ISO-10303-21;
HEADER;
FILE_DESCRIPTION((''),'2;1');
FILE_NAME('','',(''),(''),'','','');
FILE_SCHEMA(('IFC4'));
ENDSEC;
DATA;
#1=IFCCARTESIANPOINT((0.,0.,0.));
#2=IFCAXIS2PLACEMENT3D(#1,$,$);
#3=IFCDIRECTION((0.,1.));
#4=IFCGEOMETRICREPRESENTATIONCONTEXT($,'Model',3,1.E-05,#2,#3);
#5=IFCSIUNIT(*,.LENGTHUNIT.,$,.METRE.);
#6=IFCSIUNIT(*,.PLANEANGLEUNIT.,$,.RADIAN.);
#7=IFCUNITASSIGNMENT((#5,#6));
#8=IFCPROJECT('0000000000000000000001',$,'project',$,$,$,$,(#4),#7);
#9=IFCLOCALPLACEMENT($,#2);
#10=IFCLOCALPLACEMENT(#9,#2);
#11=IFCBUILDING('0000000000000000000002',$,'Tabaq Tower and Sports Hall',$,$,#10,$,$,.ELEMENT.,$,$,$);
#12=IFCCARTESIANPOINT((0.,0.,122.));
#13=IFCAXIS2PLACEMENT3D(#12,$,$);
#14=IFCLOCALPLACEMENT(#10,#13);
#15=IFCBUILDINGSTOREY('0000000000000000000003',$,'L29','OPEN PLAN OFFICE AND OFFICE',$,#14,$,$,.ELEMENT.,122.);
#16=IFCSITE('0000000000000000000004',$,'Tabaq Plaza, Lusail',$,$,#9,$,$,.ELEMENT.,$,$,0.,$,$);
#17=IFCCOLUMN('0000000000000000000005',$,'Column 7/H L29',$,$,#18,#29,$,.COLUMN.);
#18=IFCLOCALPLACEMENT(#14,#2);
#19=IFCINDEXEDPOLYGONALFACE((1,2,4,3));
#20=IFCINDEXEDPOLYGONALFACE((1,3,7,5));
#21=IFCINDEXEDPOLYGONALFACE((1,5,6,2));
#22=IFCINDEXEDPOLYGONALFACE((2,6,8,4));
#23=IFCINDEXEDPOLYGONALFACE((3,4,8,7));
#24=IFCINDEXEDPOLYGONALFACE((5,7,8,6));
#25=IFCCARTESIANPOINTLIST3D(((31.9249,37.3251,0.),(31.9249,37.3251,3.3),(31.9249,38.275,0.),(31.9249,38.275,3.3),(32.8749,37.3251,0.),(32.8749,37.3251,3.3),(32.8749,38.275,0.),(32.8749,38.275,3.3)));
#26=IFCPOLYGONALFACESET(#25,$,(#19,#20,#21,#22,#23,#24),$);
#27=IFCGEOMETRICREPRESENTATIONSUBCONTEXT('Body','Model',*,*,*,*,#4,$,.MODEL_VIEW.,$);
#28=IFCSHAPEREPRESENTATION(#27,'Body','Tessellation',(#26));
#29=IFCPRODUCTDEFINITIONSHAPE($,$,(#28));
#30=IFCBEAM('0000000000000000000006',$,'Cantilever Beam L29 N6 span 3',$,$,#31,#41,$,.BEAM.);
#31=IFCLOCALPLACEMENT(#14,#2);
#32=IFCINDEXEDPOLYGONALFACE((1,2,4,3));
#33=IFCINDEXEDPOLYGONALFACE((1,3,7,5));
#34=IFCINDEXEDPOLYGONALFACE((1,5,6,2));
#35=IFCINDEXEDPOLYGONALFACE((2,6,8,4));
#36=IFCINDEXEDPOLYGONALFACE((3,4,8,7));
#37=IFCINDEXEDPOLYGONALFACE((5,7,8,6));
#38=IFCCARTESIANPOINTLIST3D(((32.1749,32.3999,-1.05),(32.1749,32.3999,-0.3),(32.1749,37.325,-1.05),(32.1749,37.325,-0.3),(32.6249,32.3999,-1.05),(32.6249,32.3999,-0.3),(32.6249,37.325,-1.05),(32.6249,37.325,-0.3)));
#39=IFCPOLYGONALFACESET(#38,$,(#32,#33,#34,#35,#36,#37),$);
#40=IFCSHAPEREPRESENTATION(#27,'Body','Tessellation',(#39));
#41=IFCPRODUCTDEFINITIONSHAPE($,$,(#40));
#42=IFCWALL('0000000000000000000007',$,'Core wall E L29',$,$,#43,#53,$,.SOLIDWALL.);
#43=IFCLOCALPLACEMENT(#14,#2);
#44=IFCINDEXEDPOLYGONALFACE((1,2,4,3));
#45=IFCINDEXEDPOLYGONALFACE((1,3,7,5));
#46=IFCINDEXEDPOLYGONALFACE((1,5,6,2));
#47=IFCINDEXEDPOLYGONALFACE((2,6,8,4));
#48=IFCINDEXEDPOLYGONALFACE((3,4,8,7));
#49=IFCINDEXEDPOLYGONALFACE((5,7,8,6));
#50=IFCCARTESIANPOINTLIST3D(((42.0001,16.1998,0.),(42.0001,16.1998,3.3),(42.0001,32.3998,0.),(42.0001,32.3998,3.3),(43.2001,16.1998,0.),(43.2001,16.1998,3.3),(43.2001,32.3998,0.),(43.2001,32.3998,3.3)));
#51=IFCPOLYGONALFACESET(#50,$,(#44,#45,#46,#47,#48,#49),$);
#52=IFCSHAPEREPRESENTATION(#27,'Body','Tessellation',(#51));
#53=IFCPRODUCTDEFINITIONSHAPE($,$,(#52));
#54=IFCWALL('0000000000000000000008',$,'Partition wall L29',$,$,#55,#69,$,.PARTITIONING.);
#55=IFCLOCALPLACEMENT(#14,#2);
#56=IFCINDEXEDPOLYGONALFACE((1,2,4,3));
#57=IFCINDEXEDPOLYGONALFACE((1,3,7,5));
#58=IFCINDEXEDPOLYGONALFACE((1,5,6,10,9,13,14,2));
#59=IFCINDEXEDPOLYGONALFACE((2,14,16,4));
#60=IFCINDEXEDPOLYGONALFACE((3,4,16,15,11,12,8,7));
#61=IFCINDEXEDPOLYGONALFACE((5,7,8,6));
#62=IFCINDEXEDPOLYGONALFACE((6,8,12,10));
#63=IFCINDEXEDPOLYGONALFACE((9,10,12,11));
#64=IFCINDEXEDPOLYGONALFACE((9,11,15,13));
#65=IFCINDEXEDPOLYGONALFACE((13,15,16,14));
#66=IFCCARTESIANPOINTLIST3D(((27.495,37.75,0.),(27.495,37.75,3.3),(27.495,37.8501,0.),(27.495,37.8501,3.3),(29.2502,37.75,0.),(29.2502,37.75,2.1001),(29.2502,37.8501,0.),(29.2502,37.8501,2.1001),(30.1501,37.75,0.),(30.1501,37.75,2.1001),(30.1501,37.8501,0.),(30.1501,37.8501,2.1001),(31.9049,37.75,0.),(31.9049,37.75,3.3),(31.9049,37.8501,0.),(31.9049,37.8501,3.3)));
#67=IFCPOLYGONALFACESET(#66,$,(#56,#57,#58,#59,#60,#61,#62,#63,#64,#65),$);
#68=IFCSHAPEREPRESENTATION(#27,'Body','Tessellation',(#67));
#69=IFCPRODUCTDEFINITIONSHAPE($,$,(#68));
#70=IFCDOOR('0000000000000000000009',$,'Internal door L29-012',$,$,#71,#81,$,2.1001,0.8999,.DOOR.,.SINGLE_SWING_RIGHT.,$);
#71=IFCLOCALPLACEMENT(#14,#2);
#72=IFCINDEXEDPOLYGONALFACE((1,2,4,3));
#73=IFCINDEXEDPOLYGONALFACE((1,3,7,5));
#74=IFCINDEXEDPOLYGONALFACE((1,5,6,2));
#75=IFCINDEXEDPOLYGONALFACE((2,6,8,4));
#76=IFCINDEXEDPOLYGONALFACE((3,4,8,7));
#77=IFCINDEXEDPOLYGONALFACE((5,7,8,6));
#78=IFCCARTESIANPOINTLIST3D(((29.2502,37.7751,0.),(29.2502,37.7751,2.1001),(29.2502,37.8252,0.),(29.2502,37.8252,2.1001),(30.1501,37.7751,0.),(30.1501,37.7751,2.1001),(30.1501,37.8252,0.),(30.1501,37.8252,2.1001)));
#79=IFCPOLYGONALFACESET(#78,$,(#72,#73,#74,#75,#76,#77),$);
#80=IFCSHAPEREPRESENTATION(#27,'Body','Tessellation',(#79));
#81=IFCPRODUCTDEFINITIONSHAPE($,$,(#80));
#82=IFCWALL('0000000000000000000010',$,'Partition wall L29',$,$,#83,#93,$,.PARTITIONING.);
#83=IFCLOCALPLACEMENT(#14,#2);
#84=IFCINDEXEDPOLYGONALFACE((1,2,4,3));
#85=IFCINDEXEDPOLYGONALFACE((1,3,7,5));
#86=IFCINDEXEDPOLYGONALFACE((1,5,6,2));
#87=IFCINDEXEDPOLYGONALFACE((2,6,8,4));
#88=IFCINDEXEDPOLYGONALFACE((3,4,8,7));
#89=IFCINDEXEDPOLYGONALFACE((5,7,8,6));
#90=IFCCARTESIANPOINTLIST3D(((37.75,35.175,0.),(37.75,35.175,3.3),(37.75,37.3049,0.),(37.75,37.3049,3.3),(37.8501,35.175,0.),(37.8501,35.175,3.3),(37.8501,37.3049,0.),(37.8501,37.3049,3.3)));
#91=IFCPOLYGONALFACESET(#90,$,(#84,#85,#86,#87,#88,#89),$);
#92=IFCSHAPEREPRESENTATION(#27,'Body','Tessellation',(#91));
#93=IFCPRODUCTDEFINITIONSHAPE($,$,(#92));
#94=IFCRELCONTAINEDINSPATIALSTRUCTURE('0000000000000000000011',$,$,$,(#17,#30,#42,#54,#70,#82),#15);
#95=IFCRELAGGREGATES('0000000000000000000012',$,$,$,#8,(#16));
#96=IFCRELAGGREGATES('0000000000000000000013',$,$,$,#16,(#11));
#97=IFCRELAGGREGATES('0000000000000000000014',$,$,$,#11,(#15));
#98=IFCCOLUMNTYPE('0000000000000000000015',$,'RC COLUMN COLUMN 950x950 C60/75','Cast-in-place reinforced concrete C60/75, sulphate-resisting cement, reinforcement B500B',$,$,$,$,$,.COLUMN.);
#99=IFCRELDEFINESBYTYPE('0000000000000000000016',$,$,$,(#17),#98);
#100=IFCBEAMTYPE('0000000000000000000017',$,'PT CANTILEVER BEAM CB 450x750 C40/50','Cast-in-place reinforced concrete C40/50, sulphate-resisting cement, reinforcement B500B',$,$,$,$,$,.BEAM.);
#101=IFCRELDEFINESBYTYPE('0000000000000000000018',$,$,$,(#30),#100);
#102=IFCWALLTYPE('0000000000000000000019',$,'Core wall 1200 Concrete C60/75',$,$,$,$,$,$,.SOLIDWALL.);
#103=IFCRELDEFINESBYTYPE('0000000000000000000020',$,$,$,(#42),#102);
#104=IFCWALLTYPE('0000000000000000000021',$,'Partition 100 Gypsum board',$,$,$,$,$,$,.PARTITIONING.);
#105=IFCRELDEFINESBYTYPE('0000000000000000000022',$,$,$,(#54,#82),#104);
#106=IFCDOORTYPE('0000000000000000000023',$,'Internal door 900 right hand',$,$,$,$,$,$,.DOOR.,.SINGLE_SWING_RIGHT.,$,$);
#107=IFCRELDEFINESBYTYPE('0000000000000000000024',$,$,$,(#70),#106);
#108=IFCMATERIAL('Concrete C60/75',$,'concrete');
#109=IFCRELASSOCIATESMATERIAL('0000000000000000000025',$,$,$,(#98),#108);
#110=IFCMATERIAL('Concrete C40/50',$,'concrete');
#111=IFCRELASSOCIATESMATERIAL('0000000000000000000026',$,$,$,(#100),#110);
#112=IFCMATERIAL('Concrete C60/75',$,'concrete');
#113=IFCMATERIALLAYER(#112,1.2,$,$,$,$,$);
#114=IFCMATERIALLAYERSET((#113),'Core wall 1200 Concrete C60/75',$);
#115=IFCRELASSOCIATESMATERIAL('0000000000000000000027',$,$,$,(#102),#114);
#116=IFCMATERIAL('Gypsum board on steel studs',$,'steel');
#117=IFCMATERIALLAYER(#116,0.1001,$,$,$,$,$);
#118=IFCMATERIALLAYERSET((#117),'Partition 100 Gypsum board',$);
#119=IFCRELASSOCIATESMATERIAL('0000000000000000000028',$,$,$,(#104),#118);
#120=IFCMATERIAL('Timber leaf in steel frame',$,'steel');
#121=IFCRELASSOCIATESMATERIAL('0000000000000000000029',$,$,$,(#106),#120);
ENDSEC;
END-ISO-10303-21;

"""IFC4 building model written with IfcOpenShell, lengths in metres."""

from ifc_helpers import new_model, si_unit, direction, frame, frame_2d, origin, origin_2d, place, context, subcontext, project, spatial, rectangle, extrude, material, layer, layer_set, material_profile, profile_set, type_object, element, fill, save


model = new_model("IFC4")

# Units and contexts
model_context = context("Model", 3, precision=1e-05, world=origin(), true_north=direction((0.0, 1.0)))
body_context = subcontext(model_context, "Body", "Model", "MODEL_VIEW")
ifc_project = project(units=[si_unit("LENGTHUNIT", "METRE"), si_unit("PLANEANGLEUNIT", "RADIAN")], contexts=[model_context])

# Site, building, storey
site_placement = place(None, origin())
site = spatial("IfcSite", under=ifc_project, at=site_placement, Name="Tabaq Plaza, Lusail", CompositionType="ELEMENT", RefElevation=0.0)
building_placement = place(site_placement, origin())
building = spatial("IfcBuilding", under=site, at=building_placement, Name="Tabaq Tower and Sports Hall", CompositionType="ELEMENT")
storey_placement = place(building_placement, frame((0.0, 0.0, 122.0)))
storey = spatial("IfcBuildingStorey", under=building, at=storey_placement, Name="L29", Description="OPEN PLAN OFFICE AND OFFICE", CompositionType="ELEMENT", Elevation=122.0)

# Column
ifc_material_1 = material(Name="Concrete C60/75", Category="concrete")
ifc_material_profile_1 = material_profile(ifc_material_1, rectangle(XDim=0.95, YDim=0.95, at=origin_2d()), Name="COLUMN 950x950")
ifc_profile_set_1 = profile_set([ifc_material_profile_1], Name="Concrete C60/75")
column_type = type_object("IfcColumnType", Name="RC COLUMN COLUMN 950x950 C60/75", Description="Cast-in-place reinforced concrete C60/75, sulphate-resisting cement, reinforcement B500B", PredefinedType="COLUMN", material=ifc_profile_set_1)
column_placement = place(storey_placement, frame((32.3999, 37.8, 0.0), z_axis=(0.0, 0.0, 1.0), x_axis=(1.0, 0.0, 0.0)))
element("IfcColumn", 1, at=column_placement, inside=storey, type_object=column_type, Name="Column 7/H L29", PredefinedType="COLUMN", context=body_context, shape_type="SweptSolid", body=[
    extrude(rectangle(XDim=0.95, YDim=0.95, at=origin_2d()), origin(), (0.0, 0.0, 1.0), 3.3),
])

# Beam
ifc_material_2 = material(Name="Concrete C40/50", Category="concrete")
ifc_material_profile_2 = material_profile(ifc_material_2, rectangle(XDim=0.45, YDim=0.75, at=origin_2d()), Name="CB 450x750")
ifc_profile_set_2 = profile_set([ifc_material_profile_2], Name="Concrete C40/50")
beam_type = type_object("IfcBeamType", Name="PT CANTILEVER BEAM CB 450x750 C40/50", Description="Cast-in-place reinforced concrete C40/50, sulphate-resisting cement, reinforcement B500B", PredefinedType="BEAM", material=ifc_profile_set_2)
beam_placement = place(storey_placement, frame((32.3999, 37.325, -0.675), z_axis=(0.0, -1.0, 0.0), x_axis=(1.0, 0.0, 0.0)))
element("IfcBeam", 2, at=beam_placement, inside=storey, type_object=beam_type, Name="Cantilever Beam L29 N6 span 3", PredefinedType="BEAM", context=body_context, shape_type="SweptSolid", body=[
    extrude(rectangle(XDim=0.45, YDim=0.75, at=origin_2d()), origin(), (0.0, 0.0, 1.0), 4.925),
])

# Wall
ifc_material_3 = material(Name="Concrete C60/75", Category="concrete")
ifc_layer_1 = layer(ifc_material_3, 1.2)
ifc_layer_set_1 = layer_set([ifc_layer_1], Name="Core wall 1200 Concrete C60/75")
wall_type_1 = type_object("IfcWallType", Name="Core wall 1200 Concrete C60/75", PredefinedType="SOLIDWALL", material=ifc_layer_set_1)
wall_1_placement = place(storey_placement, frame((42.6001, 32.3999, 0.0), z_axis=(0.0, 0.0, 1.0), x_axis=(0.0, -1.0, 0.0)))
element("IfcWall", 3, at=wall_1_placement, inside=storey, type_object=wall_type_1, Name="Core wall E L29", PredefinedType="SOLIDWALL", context=body_context, shape_type="SweptSolid", body=[
    extrude(rectangle(XDim=16.2, YDim=1.2, at=frame_2d((8.1001, 0.0))), origin(), (0.0, 0.0, 1.0), 3.3),
])

# Wall, opening, door
ifc_material_4 = material(Name="Gypsum board on steel studs", Category="steel")
ifc_layer_2 = layer(ifc_material_4, 0.1001)
ifc_layer_set_2 = layer_set([ifc_layer_2], Name="Partition 100 Gypsum board")
wall_type_2 = type_object("IfcWallType", Name="Partition 100 Gypsum board", PredefinedType="PARTITIONING", material=ifc_layer_set_2)
wall_2_placement = place(storey_placement, frame((31.905, 37.8, 0.0), z_axis=(0.0, 0.0, 1.0), x_axis=(-1.0, 0.0, 0.0)))
wall_2 = element("IfcWall", 4, at=wall_2_placement, inside=storey, type_object=wall_type_2, Name="Partition wall L29", PredefinedType="PARTITIONING", context=body_context, shape_type="SweptSolid", body=[
    extrude(rectangle(XDim=4.4099, YDim=0.1001, at=frame_2d((2.2051, 0.0))), origin(), (0.0, 0.0, 1.0), 3.3),
])
opening_1_placement = place(wall_2_placement, frame((1.7549, 0.0, 0.0)))
opening_1 = element("IfcOpeningElement", 5, at=opening_1_placement, cuts=wall_2, PredefinedType="OPENING", context=body_context, shape_type="SweptSolid", body=[
    extrude(rectangle(XDim=0.8999, YDim=2.1001, at=frame_2d((0.45, 1.05))), frame((0.0, 0.05, 0.0), z_axis=(0.0, -1.0, 0.0), x_axis=(1.0, 0.0, 0.0)), (0.0, 0.0, 1.0), 0.1001),
])
ifc_material_5 = material(Name="Timber leaf in steel frame", Category="steel")
door_type_1 = type_object("IfcDoorType", Name="Internal door 900 right hand", OperationType="SINGLE_SWING_RIGHT", PredefinedType="DOOR", material=ifc_material_5)
door_1_placement = place(opening_1_placement, origin())
door_1 = element("IfcDoor", 6, at=door_1_placement, inside=storey, type_object=door_type_1, Name="Internal door L29-012", OperationType="SINGLE_SWING_RIGHT", OverallHeight=2.1001, OverallWidth=0.8999, PredefinedType="DOOR", context=body_context, shape_type="SweptSolid", body=[
    extrude(rectangle(XDim=0.8999, YDim=2.1001, at=frame_2d((0.45, 1.05))), frame((0.0, 0.0249, 0.0), z_axis=(0.0, -1.0, 0.0), x_axis=(1.0, 0.0, 0.0)), (0.0, 0.0, 1.0), 0.05),
])
fill(opening_1, door_1)

# Wall
wall_3_placement = place(storey_placement, frame((37.8, 35.175, 0.0), z_axis=(0.0, 0.0, 1.0), x_axis=(0.0, 1.0, 0.0)))
element("IfcWall", 7, at=wall_3_placement, inside=storey, type_object=wall_type_2, Name="Partition wall L29", PredefinedType="PARTITIONING", context=body_context, shape_type="SweptSolid", body=[
    extrude(rectangle(XDim=2.1299, YDim=0.1001, at=frame_2d((1.0649, 0.0))), origin(), (0.0, 0.0, 1.0), 3.3),
])

save(model, "model.ifc")
